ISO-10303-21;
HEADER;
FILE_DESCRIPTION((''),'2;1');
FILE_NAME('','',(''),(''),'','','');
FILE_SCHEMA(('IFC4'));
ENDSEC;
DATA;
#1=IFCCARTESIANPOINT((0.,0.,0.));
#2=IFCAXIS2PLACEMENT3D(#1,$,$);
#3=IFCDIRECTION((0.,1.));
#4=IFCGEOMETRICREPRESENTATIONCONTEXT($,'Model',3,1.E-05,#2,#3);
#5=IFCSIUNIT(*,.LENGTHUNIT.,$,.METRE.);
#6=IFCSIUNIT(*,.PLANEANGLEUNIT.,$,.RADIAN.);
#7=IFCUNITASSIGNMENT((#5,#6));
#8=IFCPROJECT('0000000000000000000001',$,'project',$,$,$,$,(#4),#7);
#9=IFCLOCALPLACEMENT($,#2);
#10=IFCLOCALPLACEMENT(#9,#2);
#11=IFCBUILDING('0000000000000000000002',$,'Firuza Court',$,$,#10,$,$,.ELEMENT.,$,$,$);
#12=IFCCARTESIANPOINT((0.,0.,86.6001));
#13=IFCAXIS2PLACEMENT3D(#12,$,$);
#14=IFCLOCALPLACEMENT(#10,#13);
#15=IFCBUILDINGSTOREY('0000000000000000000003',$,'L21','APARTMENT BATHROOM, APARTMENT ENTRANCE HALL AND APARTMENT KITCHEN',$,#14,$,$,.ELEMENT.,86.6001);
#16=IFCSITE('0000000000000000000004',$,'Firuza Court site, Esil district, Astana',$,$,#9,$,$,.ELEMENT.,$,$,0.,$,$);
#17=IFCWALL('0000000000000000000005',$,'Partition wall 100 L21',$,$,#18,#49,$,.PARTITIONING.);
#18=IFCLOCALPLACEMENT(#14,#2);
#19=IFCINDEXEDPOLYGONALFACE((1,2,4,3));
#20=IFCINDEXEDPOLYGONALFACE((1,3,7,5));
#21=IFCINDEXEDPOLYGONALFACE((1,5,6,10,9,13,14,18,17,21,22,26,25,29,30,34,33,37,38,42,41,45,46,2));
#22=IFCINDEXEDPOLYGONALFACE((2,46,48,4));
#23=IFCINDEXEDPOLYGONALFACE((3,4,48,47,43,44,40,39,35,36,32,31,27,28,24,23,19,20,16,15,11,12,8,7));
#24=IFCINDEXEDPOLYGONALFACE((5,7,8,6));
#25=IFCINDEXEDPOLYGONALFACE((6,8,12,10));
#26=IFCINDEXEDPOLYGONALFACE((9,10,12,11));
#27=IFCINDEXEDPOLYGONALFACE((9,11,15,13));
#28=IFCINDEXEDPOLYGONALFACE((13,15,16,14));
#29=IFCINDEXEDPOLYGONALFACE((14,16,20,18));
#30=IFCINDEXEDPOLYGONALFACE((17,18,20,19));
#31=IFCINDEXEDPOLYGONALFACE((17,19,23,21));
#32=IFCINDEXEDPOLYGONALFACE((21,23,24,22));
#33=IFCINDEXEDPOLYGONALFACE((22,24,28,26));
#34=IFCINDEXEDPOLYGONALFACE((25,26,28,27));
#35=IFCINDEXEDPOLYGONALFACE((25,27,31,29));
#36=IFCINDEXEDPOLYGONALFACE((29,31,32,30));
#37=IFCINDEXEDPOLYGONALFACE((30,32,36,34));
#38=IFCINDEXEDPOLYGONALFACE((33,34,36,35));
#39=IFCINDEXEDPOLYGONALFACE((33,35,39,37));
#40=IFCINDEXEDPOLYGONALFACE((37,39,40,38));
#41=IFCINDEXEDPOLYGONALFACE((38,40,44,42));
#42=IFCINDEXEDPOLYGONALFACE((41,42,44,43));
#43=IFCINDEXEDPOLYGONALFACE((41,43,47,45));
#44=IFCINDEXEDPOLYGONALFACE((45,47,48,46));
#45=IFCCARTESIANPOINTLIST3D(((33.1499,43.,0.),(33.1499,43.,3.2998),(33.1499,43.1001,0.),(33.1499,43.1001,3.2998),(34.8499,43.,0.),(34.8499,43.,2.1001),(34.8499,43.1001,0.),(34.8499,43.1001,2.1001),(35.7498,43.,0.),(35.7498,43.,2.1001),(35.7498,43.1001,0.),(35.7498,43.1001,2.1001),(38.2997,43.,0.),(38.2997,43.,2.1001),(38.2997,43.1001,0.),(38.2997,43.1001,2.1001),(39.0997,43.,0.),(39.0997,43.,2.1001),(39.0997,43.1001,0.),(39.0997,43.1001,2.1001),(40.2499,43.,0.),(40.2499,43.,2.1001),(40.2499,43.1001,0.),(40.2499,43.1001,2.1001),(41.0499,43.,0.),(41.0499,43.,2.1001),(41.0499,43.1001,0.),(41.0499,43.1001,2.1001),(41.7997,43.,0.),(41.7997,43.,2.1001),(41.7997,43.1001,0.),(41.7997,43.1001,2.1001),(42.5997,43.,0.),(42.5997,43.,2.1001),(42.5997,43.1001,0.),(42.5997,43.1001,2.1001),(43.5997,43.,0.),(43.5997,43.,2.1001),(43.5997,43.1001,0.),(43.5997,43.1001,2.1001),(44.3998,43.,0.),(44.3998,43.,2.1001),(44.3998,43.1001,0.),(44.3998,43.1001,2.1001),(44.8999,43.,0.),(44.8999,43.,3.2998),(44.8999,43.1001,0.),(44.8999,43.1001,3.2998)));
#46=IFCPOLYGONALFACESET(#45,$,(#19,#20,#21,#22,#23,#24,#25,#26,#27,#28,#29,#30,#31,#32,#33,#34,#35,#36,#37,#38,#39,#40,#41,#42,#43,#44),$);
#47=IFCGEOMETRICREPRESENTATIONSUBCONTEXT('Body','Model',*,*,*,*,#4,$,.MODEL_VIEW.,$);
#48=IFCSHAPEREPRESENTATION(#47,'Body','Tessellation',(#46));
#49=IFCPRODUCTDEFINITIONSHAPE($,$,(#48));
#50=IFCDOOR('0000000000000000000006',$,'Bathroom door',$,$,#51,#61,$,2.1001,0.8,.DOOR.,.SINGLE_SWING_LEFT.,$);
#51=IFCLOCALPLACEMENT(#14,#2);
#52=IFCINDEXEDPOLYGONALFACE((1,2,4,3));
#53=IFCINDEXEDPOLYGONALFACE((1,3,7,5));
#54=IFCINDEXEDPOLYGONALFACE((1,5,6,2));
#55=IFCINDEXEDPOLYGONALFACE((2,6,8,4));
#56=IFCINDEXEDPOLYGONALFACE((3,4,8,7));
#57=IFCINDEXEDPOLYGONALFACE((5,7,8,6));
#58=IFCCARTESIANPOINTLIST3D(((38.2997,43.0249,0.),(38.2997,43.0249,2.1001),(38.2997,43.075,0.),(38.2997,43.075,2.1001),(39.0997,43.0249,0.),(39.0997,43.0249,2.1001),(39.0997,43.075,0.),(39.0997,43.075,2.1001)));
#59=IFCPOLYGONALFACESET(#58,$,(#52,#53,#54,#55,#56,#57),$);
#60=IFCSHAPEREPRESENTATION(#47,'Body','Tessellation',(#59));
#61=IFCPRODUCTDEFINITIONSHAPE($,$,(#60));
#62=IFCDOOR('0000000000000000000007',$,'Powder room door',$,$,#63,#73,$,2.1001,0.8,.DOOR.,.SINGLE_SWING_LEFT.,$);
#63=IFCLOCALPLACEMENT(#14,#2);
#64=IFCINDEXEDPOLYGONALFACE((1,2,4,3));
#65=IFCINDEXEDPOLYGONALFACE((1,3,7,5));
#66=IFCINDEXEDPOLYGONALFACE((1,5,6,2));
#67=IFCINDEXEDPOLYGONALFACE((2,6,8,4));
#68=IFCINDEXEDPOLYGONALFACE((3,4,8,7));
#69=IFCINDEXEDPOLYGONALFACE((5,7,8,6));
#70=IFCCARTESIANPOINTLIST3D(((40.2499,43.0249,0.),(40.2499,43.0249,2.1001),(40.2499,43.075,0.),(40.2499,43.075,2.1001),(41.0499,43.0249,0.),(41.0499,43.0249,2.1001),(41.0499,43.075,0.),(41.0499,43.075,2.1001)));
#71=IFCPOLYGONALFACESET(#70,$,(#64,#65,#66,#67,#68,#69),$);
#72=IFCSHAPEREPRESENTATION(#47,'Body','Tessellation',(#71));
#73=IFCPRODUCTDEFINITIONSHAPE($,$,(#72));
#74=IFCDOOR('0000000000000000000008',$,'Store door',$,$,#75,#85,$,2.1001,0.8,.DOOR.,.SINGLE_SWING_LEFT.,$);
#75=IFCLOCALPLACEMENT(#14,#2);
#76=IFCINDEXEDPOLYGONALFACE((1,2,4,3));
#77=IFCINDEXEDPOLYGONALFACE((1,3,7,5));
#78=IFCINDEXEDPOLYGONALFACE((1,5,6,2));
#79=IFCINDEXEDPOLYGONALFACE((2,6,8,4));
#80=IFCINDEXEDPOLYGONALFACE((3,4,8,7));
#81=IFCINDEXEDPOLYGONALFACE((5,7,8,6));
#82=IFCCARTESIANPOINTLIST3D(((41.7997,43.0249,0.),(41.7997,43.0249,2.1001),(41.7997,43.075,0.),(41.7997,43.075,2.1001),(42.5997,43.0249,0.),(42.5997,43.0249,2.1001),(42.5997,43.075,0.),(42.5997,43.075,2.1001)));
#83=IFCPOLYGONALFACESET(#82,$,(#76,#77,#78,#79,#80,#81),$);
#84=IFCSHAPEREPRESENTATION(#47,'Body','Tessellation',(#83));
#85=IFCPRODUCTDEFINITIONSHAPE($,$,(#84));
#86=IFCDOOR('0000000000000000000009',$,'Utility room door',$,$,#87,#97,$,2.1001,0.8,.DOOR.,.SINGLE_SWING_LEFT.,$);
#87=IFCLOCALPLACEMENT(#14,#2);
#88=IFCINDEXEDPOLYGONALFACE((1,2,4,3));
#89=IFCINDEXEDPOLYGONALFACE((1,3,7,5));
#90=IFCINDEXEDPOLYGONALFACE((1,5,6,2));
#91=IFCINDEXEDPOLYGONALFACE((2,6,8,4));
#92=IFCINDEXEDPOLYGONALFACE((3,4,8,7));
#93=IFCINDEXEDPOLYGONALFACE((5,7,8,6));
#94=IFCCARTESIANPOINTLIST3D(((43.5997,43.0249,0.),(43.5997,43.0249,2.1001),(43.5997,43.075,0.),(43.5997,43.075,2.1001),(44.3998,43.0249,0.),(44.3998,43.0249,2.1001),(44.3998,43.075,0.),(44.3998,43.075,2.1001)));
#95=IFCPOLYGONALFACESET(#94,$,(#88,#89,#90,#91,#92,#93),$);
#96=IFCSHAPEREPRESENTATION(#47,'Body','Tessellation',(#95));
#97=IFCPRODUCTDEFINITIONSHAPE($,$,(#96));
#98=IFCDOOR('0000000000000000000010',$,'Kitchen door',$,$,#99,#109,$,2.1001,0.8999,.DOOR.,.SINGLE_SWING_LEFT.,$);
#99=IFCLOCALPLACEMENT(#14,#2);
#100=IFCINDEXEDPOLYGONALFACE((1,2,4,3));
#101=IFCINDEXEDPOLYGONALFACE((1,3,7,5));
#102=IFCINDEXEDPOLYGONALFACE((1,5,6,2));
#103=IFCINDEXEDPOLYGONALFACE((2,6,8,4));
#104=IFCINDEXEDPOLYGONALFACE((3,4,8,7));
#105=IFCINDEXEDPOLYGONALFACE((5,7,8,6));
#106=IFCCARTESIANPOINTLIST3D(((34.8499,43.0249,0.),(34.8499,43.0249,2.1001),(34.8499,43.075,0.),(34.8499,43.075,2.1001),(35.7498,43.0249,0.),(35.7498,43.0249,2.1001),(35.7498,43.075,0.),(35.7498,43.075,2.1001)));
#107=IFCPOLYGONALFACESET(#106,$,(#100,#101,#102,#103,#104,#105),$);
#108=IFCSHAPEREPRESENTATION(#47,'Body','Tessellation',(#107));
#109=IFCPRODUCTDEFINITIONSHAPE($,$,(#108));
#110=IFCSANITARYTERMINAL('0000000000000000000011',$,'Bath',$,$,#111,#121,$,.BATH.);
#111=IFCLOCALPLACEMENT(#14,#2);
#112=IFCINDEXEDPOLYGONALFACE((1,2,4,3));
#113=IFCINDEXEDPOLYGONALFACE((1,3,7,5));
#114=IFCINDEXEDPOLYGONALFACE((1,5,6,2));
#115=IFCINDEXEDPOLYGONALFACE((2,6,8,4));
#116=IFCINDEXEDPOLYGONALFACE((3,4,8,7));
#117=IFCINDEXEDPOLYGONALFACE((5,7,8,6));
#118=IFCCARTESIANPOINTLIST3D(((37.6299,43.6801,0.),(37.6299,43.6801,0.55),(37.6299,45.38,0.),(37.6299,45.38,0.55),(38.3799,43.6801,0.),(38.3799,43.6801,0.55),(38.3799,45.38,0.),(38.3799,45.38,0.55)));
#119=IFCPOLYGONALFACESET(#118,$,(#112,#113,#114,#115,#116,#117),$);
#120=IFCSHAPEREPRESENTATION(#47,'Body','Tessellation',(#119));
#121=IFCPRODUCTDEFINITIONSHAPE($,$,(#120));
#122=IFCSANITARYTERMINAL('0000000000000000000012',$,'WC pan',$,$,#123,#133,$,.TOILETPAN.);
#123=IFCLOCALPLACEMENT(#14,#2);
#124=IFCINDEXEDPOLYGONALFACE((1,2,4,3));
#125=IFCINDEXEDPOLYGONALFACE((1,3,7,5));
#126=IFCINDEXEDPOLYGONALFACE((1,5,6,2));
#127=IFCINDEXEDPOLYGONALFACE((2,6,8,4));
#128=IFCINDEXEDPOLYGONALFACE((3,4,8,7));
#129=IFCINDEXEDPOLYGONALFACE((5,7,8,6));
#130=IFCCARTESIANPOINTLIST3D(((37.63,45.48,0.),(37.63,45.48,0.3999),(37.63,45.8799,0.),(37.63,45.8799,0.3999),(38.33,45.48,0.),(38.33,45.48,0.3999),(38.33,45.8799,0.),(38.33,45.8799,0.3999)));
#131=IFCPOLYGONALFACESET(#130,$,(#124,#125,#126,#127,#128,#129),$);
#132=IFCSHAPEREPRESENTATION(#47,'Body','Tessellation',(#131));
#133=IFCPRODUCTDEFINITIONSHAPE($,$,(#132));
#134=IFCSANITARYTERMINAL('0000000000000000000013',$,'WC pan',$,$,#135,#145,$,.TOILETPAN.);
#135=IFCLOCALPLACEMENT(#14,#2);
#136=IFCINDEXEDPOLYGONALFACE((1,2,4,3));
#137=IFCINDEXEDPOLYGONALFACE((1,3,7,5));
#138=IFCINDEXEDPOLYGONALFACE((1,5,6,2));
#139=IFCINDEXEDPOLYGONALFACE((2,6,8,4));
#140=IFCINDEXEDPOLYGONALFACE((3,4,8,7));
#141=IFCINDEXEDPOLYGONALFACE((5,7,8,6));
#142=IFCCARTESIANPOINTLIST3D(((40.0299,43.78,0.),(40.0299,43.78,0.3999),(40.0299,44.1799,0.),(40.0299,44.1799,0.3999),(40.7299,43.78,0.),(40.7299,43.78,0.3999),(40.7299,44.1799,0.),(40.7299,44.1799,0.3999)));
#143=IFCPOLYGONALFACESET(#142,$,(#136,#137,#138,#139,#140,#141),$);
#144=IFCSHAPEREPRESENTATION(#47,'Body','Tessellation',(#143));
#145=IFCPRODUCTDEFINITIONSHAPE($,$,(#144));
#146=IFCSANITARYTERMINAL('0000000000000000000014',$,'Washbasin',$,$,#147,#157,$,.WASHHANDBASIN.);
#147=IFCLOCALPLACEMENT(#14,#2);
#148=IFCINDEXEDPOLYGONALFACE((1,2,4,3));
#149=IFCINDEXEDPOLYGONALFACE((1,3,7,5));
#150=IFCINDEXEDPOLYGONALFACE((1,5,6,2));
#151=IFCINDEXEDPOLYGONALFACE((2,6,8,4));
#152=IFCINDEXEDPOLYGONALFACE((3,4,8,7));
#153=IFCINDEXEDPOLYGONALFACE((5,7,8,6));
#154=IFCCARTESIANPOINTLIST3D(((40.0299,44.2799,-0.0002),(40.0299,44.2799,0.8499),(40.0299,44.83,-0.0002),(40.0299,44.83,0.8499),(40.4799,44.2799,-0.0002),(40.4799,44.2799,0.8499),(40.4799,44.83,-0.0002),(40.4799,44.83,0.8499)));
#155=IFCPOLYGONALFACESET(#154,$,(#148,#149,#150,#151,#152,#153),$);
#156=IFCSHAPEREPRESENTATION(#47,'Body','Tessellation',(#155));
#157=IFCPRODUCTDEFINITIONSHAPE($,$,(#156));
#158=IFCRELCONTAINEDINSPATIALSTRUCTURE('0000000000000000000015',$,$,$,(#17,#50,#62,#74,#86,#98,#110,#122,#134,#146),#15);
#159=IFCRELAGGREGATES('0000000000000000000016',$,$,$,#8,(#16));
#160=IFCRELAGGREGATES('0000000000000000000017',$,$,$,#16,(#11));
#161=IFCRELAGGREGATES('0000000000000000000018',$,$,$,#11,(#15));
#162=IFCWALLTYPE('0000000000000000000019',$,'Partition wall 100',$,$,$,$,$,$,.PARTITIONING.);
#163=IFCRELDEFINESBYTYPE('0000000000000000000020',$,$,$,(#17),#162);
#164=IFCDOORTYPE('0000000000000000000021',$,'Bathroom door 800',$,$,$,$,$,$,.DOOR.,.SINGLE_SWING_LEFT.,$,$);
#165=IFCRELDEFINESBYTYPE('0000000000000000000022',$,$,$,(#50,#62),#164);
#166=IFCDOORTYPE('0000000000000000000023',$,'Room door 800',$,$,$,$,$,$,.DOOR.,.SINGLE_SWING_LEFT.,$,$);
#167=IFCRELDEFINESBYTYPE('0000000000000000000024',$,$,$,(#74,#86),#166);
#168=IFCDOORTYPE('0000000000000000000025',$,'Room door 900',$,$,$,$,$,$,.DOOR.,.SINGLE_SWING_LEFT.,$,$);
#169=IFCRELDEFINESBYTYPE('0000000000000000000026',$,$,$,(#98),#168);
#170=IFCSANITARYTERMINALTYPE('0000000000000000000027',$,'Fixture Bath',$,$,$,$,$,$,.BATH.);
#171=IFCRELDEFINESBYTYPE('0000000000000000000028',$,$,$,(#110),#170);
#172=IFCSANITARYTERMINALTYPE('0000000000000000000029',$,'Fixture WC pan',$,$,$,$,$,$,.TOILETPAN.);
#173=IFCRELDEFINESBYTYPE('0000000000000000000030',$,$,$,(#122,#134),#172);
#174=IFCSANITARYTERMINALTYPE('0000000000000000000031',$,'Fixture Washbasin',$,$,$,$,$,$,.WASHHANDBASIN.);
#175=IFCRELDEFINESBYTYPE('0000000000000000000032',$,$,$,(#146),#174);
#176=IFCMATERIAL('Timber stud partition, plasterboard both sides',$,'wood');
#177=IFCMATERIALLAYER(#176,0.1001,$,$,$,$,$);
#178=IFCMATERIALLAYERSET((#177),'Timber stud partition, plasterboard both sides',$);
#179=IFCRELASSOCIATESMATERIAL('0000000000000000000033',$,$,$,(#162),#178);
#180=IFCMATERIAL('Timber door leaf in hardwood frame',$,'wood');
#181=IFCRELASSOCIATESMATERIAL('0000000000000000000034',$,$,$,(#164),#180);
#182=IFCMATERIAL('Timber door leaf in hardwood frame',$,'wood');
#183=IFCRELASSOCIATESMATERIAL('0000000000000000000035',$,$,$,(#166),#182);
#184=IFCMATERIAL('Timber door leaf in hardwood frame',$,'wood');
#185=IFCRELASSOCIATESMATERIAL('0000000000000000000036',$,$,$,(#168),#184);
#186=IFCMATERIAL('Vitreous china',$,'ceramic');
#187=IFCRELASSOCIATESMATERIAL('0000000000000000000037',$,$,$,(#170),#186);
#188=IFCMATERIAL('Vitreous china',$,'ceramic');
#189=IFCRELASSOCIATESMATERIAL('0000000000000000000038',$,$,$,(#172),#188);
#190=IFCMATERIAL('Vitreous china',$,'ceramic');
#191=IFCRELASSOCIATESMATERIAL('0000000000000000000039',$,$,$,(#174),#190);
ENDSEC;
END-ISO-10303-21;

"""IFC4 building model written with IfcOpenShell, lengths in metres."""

from ifc_helpers import new_model, si_unit, direction, frame, frame_2d, origin, origin_2d, place, context, subcontext, project, spatial, rectangle, extrude, material, layer, layer_set, type_object, element, fill, save


model = new_model("IFC4")

# Units and contexts
model_context = context("Model", 3, precision=1e-05, world=origin(), true_north=direction((0.0, 1.0)))
body_context = subcontext(model_context, "Body", "Model", "MODEL_VIEW")
ifc_project = project(units=[si_unit("LENGTHUNIT", "METRE"), si_unit("PLANEANGLEUNIT", "RADIAN")], contexts=[model_context])

# Site, building, storey
site_placement = place(None, origin())
site = spatial("IfcSite", under=ifc_project, at=site_placement, Name="Firuza Court site, Esil district, Astana", CompositionType="ELEMENT", RefElevation=0.0)
building_placement = place(site_placement, origin())
building = spatial("IfcBuilding", under=site, at=building_placement, Name="Firuza Court", CompositionType="ELEMENT")
storey_placement = place(building_placement, frame((0.0, 0.0, 86.6001)))
storey = spatial("IfcBuildingStorey", under=building, at=storey_placement, Name="L21", Description="APARTMENT BATHROOM, APARTMENT ENTRANCE HALL AND APARTMENT KITCHEN", CompositionType="ELEMENT", Elevation=86.6001)

# Shared definitions
ifc_material_1 = material(Name="Timber stud partition, plasterboard both sides", Category="wood")
ifc_layer_1 = layer(ifc_material_1, 0.1001)
ifc_layer_set_1 = layer_set([ifc_layer_1], Name="Timber stud partition, plasterboard both sides")
wall_type_1 = type_object("IfcWallType", Name="Partition wall 100", PredefinedType="PARTITIONING", material=ifc_layer_set_1)

# Wall, openings, doors
wall_1_placement = place(storey_placement, frame((33.1499, 43.05, 0.0), z_axis=(0.0, 0.0, 1.0), x_axis=(1.0, 0.0, 0.0)))
wall_1 = element("IfcWall", 1, at=wall_1_placement, inside=storey, type_object=wall_type_1, Name="Partition wall 100 L21", PredefinedType="PARTITIONING", context=body_context, shape_type="SweptSolid", body=[
    extrude(rectangle(XDim=11.75, YDim=0.1001, at=frame_2d((5.875, 0.0))), origin(), (0.0, 0.0, 1.0), 3.2998),
])
opening_1_placement = place(wall_1_placement, frame((5.1499, 0.0, 0.0)))
opening_1 = element("IfcOpeningElement", 2, at=opening_1_placement, cuts=wall_1, PredefinedType="OPENING", context=body_context, shape_type="SweptSolid", body=[
    extrude(rectangle(XDim=0.8, YDim=2.1001, at=frame_2d((0.3999, 1.05))), frame((0.0, 0.062, 0.0), z_axis=(0.0, -1.0, 0.0), x_axis=(1.0, 0.0, 0.0)), (0.0, 0.0, 1.0), 0.124),
])
opening_2_placement = place(wall_1_placement, frame((1.7, 0.0, 0.0)))
opening_2 = element("IfcOpeningElement", 3, at=opening_2_placement, cuts=wall_1, PredefinedType="OPENING", context=body_context, shape_type="SweptSolid", body=[
    extrude(rectangle(XDim=0.8999, YDim=2.1001, at=frame_2d((0.45, 1.05))), frame((0.0, 0.062, 0.0), z_axis=(0.0, -1.0, 0.0), x_axis=(1.0, 0.0, 0.0)), (0.0, 0.0, 1.0), 0.124),
])
opening_3_placement = place(wall_1_placement, frame((8.6499, 0.0, 0.0)))
opening_3 = element("IfcOpeningElement", 4, at=opening_3_placement, cuts=wall_1, PredefinedType="OPENING", context=body_context, shape_type="SweptSolid", body=[
    extrude(rectangle(XDim=0.8, YDim=2.1001, at=frame_2d((0.3999, 1.05))), frame((0.0, 0.062, 0.0), z_axis=(0.0, -1.0, 0.0), x_axis=(1.0, 0.0, 0.0)), (0.0, 0.0, 1.0), 0.124),
])
opening_4_placement = place(wall_1_placement, frame((10.45, 0.0, 0.0)))
opening_4 = element("IfcOpeningElement", 5, at=opening_4_placement, cuts=wall_1, PredefinedType="OPENING", context=body_context, shape_type="SweptSolid", body=[
    extrude(rectangle(XDim=0.8, YDim=2.1001, at=frame_2d((0.3999, 1.05))), frame((0.0, 0.062, 0.0), z_axis=(0.0, -1.0, 0.0), x_axis=(1.0, 0.0, 0.0)), (0.0, 0.0, 1.0), 0.124),
])
opening_5_placement = place(wall_1_placement, frame((7.1001, 0.0, 0.0)))
opening_5 = element("IfcOpeningElement", 6, at=opening_5_placement, cuts=wall_1, PredefinedType="OPENING", context=body_context, shape_type="SweptSolid", body=[
    extrude(rectangle(XDim=0.8, YDim=2.1001, at=frame_2d((0.3999, 1.05))), frame((0.0, 0.062, 0.0), z_axis=(0.0, -1.0, 0.0), x_axis=(1.0, 0.0, 0.0)), (0.0, 0.0, 1.0), 0.124),
])
ifc_material_2 = material(Name="Timber door leaf in hardwood frame", Category="wood")
door_type_1 = type_object("IfcDoorType", Name="Bathroom door 800", OperationType="SINGLE_SWING_LEFT", PredefinedType="DOOR", material=ifc_material_2)
door_1_placement = place(opening_1_placement, origin())
door_1 = element("IfcDoor", 7, at=door_1_placement, inside=storey, type_object=door_type_1, Name="Bathroom door", OperationType="SINGLE_SWING_LEFT", OverallHeight=2.1001, OverallWidth=0.8, PredefinedType="DOOR", context=body_context, shape_type="SweptSolid", body=[
    extrude(rectangle(XDim=0.8, YDim=2.1001, at=frame_2d((0.3999, 1.05))), frame((0.0, 0.0249, 0.0), z_axis=(0.0, -1.0, 0.0), x_axis=(1.0, 0.0, 0.0)), (0.0, 0.0, 1.0), 0.05),
])
fill(opening_1, door_1)
door_2_placement = place(opening_5_placement, origin())
door_2 = element("IfcDoor", 8, at=door_2_placement, inside=storey, type_object=door_type_1, Name="Powder room door", OperationType="SINGLE_SWING_LEFT", OverallHeight=2.1001, OverallWidth=0.8, PredefinedType="DOOR", context=body_context, shape_type="SweptSolid", body=[
    extrude(rectangle(XDim=0.8, YDim=2.1001, at=frame_2d((0.3999, 1.05))), frame((0.0, 0.0249, 0.0), z_axis=(0.0, -1.0, 0.0), x_axis=(1.0, 0.0, 0.0)), (0.0, 0.0, 1.0), 0.05),
])
fill(opening_5, door_2)
ifc_material_3 = material(Name="Timber door leaf in hardwood frame", Category="wood")
door_type_2 = type_object("IfcDoorType", Name="Room door 800", OperationType="SINGLE_SWING_LEFT", PredefinedType="DOOR", material=ifc_material_3)
door_3_placement = place(opening_3_placement, origin())
door_3 = element("IfcDoor", 9, at=door_3_placement, inside=storey, type_object=door_type_2, Name="Store door", OperationType="SINGLE_SWING_LEFT", OverallHeight=2.1001, OverallWidth=0.8, PredefinedType="DOOR", context=body_context, shape_type="SweptSolid", body=[
    extrude(rectangle(XDim=0.8, YDim=2.1001, at=frame_2d((0.3999, 1.05))), frame((0.0, 0.0249, 0.0), z_axis=(0.0, -1.0, 0.0), x_axis=(1.0, 0.0, 0.0)), (0.0, 0.0, 1.0), 0.05),
])
fill(opening_3, door_3)
door_4_placement = place(opening_4_placement, origin())
door_4 = element("IfcDoor", 10, at=door_4_placement, inside=storey, type_object=door_type_2, Name="Utility room door", OperationType="SINGLE_SWING_LEFT", OverallHeight=2.1001, OverallWidth=0.8, PredefinedType="DOOR", context=body_context, shape_type="SweptSolid", body=[
    extrude(rectangle(XDim=0.8, YDim=2.1001, at=frame_2d((0.3999, 1.05))), frame((0.0, 0.0249, 0.0), z_axis=(0.0, -1.0, 0.0), x_axis=(1.0, 0.0, 0.0)), (0.0, 0.0, 1.0), 0.05),
])
fill(opening_4, door_4)
ifc_material_4 = material(Name="Timber door leaf in hardwood frame", Category="wood")
door_type_3 = type_object("IfcDoorType", Name="Room door 900", OperationType="SINGLE_SWING_LEFT", PredefinedType="DOOR", material=ifc_material_4)
door_5_placement = place(opening_2_placement, origin())
door_5 = element("IfcDoor", 11, at=door_5_placement, inside=storey, type_object=door_type_3, Name="Kitchen door", OperationType="SINGLE_SWING_LEFT", OverallHeight=2.1001, OverallWidth=0.8999, PredefinedType="DOOR", context=body_context, shape_type="SweptSolid", body=[
    extrude(rectangle(XDim=0.8999, YDim=2.1001, at=frame_2d((0.45, 1.05))), frame((0.0, 0.0249, 0.0), z_axis=(0.0, -1.0, 0.0), x_axis=(1.0, 0.0, 0.0)), (0.0, 0.0, 1.0), 0.05),
])
fill(opening_2, door_5)

# Sanitary terminals
ifc_material_5 = material(Name="Vitreous china", Category="ceramic")
sanitary_terminal_type_1 = type_object("IfcSanitaryTerminalType", Name="Fixture Bath", PredefinedType="BATH", material=ifc_material_5)
sanitary_terminal_1_placement = place(storey_placement, frame((38.0049, 44.53, 0.0), z_axis=(0.0, 0.0, 1.0), x_axis=(1.0, 0.0, 0.0)))
element("IfcSanitaryTerminal", 12, at=sanitary_terminal_1_placement, inside=storey, type_object=sanitary_terminal_type_1, Name="Bath", PredefinedType="BATH", context=body_context, shape_type="SweptSolid", body=[
    extrude(rectangle(XDim=0.75, YDim=1.7, at=origin_2d()), origin(), (0.0, 0.0, 1.0), 0.55),
])
ifc_material_6 = material(Name="Vitreous china", Category="ceramic")
sanitary_terminal_type_2 = type_object("IfcSanitaryTerminalType", Name="Fixture WC pan", PredefinedType="TOILETPAN", material=ifc_material_6)
for number, where, z_axis, x_axis, name in (
    (13, (37.98, 45.6799, 0.0), (0.0, 0.0, 1.0), (1.0, 0.0, 0.0), "WC pan"),
    (14, (40.3799, 43.98, 0.0), (0.0, 0.0, 1.0), (1.0, 0.0, 0.0), "WC pan"),
):
    element("IfcSanitaryTerminal", number, at=place(storey_placement, frame(where, z_axis=z_axis, x_axis=x_axis)), inside=storey, type_object=sanitary_terminal_type_2, Name=name, PredefinedType="TOILETPAN", context=body_context, shape_type="SweptSolid", body=[
        extrude(rectangle(XDim=0.7, YDim=0.3999, at=origin_2d()), origin(), (0.0, 0.0, 1.0), 0.3999),
    ])
ifc_material_7 = material(Name="Vitreous china", Category="ceramic")
sanitary_terminal_type_3 = type_object("IfcSanitaryTerminalType", Name="Fixture Washbasin", PredefinedType="WASHHANDBASIN", material=ifc_material_7)
sanitary_terminal_2_placement = place(storey_placement, frame((40.2549, 44.5549, -0.0002), z_axis=(0.0, 0.0, 1.0), x_axis=(1.0, 0.0, 0.0)))
element("IfcSanitaryTerminal", 15, at=sanitary_terminal_2_placement, inside=storey, type_object=sanitary_terminal_type_3, Name="Washbasin", PredefinedType="WASHHANDBASIN", context=body_context, shape_type="SweptSolid", body=[
    extrude(rectangle(XDim=0.45, YDim=0.55, at=origin_2d()), origin(), (0.0, 0.0, 1.0), 0.8501),
])

save(model, "model.ifc")
